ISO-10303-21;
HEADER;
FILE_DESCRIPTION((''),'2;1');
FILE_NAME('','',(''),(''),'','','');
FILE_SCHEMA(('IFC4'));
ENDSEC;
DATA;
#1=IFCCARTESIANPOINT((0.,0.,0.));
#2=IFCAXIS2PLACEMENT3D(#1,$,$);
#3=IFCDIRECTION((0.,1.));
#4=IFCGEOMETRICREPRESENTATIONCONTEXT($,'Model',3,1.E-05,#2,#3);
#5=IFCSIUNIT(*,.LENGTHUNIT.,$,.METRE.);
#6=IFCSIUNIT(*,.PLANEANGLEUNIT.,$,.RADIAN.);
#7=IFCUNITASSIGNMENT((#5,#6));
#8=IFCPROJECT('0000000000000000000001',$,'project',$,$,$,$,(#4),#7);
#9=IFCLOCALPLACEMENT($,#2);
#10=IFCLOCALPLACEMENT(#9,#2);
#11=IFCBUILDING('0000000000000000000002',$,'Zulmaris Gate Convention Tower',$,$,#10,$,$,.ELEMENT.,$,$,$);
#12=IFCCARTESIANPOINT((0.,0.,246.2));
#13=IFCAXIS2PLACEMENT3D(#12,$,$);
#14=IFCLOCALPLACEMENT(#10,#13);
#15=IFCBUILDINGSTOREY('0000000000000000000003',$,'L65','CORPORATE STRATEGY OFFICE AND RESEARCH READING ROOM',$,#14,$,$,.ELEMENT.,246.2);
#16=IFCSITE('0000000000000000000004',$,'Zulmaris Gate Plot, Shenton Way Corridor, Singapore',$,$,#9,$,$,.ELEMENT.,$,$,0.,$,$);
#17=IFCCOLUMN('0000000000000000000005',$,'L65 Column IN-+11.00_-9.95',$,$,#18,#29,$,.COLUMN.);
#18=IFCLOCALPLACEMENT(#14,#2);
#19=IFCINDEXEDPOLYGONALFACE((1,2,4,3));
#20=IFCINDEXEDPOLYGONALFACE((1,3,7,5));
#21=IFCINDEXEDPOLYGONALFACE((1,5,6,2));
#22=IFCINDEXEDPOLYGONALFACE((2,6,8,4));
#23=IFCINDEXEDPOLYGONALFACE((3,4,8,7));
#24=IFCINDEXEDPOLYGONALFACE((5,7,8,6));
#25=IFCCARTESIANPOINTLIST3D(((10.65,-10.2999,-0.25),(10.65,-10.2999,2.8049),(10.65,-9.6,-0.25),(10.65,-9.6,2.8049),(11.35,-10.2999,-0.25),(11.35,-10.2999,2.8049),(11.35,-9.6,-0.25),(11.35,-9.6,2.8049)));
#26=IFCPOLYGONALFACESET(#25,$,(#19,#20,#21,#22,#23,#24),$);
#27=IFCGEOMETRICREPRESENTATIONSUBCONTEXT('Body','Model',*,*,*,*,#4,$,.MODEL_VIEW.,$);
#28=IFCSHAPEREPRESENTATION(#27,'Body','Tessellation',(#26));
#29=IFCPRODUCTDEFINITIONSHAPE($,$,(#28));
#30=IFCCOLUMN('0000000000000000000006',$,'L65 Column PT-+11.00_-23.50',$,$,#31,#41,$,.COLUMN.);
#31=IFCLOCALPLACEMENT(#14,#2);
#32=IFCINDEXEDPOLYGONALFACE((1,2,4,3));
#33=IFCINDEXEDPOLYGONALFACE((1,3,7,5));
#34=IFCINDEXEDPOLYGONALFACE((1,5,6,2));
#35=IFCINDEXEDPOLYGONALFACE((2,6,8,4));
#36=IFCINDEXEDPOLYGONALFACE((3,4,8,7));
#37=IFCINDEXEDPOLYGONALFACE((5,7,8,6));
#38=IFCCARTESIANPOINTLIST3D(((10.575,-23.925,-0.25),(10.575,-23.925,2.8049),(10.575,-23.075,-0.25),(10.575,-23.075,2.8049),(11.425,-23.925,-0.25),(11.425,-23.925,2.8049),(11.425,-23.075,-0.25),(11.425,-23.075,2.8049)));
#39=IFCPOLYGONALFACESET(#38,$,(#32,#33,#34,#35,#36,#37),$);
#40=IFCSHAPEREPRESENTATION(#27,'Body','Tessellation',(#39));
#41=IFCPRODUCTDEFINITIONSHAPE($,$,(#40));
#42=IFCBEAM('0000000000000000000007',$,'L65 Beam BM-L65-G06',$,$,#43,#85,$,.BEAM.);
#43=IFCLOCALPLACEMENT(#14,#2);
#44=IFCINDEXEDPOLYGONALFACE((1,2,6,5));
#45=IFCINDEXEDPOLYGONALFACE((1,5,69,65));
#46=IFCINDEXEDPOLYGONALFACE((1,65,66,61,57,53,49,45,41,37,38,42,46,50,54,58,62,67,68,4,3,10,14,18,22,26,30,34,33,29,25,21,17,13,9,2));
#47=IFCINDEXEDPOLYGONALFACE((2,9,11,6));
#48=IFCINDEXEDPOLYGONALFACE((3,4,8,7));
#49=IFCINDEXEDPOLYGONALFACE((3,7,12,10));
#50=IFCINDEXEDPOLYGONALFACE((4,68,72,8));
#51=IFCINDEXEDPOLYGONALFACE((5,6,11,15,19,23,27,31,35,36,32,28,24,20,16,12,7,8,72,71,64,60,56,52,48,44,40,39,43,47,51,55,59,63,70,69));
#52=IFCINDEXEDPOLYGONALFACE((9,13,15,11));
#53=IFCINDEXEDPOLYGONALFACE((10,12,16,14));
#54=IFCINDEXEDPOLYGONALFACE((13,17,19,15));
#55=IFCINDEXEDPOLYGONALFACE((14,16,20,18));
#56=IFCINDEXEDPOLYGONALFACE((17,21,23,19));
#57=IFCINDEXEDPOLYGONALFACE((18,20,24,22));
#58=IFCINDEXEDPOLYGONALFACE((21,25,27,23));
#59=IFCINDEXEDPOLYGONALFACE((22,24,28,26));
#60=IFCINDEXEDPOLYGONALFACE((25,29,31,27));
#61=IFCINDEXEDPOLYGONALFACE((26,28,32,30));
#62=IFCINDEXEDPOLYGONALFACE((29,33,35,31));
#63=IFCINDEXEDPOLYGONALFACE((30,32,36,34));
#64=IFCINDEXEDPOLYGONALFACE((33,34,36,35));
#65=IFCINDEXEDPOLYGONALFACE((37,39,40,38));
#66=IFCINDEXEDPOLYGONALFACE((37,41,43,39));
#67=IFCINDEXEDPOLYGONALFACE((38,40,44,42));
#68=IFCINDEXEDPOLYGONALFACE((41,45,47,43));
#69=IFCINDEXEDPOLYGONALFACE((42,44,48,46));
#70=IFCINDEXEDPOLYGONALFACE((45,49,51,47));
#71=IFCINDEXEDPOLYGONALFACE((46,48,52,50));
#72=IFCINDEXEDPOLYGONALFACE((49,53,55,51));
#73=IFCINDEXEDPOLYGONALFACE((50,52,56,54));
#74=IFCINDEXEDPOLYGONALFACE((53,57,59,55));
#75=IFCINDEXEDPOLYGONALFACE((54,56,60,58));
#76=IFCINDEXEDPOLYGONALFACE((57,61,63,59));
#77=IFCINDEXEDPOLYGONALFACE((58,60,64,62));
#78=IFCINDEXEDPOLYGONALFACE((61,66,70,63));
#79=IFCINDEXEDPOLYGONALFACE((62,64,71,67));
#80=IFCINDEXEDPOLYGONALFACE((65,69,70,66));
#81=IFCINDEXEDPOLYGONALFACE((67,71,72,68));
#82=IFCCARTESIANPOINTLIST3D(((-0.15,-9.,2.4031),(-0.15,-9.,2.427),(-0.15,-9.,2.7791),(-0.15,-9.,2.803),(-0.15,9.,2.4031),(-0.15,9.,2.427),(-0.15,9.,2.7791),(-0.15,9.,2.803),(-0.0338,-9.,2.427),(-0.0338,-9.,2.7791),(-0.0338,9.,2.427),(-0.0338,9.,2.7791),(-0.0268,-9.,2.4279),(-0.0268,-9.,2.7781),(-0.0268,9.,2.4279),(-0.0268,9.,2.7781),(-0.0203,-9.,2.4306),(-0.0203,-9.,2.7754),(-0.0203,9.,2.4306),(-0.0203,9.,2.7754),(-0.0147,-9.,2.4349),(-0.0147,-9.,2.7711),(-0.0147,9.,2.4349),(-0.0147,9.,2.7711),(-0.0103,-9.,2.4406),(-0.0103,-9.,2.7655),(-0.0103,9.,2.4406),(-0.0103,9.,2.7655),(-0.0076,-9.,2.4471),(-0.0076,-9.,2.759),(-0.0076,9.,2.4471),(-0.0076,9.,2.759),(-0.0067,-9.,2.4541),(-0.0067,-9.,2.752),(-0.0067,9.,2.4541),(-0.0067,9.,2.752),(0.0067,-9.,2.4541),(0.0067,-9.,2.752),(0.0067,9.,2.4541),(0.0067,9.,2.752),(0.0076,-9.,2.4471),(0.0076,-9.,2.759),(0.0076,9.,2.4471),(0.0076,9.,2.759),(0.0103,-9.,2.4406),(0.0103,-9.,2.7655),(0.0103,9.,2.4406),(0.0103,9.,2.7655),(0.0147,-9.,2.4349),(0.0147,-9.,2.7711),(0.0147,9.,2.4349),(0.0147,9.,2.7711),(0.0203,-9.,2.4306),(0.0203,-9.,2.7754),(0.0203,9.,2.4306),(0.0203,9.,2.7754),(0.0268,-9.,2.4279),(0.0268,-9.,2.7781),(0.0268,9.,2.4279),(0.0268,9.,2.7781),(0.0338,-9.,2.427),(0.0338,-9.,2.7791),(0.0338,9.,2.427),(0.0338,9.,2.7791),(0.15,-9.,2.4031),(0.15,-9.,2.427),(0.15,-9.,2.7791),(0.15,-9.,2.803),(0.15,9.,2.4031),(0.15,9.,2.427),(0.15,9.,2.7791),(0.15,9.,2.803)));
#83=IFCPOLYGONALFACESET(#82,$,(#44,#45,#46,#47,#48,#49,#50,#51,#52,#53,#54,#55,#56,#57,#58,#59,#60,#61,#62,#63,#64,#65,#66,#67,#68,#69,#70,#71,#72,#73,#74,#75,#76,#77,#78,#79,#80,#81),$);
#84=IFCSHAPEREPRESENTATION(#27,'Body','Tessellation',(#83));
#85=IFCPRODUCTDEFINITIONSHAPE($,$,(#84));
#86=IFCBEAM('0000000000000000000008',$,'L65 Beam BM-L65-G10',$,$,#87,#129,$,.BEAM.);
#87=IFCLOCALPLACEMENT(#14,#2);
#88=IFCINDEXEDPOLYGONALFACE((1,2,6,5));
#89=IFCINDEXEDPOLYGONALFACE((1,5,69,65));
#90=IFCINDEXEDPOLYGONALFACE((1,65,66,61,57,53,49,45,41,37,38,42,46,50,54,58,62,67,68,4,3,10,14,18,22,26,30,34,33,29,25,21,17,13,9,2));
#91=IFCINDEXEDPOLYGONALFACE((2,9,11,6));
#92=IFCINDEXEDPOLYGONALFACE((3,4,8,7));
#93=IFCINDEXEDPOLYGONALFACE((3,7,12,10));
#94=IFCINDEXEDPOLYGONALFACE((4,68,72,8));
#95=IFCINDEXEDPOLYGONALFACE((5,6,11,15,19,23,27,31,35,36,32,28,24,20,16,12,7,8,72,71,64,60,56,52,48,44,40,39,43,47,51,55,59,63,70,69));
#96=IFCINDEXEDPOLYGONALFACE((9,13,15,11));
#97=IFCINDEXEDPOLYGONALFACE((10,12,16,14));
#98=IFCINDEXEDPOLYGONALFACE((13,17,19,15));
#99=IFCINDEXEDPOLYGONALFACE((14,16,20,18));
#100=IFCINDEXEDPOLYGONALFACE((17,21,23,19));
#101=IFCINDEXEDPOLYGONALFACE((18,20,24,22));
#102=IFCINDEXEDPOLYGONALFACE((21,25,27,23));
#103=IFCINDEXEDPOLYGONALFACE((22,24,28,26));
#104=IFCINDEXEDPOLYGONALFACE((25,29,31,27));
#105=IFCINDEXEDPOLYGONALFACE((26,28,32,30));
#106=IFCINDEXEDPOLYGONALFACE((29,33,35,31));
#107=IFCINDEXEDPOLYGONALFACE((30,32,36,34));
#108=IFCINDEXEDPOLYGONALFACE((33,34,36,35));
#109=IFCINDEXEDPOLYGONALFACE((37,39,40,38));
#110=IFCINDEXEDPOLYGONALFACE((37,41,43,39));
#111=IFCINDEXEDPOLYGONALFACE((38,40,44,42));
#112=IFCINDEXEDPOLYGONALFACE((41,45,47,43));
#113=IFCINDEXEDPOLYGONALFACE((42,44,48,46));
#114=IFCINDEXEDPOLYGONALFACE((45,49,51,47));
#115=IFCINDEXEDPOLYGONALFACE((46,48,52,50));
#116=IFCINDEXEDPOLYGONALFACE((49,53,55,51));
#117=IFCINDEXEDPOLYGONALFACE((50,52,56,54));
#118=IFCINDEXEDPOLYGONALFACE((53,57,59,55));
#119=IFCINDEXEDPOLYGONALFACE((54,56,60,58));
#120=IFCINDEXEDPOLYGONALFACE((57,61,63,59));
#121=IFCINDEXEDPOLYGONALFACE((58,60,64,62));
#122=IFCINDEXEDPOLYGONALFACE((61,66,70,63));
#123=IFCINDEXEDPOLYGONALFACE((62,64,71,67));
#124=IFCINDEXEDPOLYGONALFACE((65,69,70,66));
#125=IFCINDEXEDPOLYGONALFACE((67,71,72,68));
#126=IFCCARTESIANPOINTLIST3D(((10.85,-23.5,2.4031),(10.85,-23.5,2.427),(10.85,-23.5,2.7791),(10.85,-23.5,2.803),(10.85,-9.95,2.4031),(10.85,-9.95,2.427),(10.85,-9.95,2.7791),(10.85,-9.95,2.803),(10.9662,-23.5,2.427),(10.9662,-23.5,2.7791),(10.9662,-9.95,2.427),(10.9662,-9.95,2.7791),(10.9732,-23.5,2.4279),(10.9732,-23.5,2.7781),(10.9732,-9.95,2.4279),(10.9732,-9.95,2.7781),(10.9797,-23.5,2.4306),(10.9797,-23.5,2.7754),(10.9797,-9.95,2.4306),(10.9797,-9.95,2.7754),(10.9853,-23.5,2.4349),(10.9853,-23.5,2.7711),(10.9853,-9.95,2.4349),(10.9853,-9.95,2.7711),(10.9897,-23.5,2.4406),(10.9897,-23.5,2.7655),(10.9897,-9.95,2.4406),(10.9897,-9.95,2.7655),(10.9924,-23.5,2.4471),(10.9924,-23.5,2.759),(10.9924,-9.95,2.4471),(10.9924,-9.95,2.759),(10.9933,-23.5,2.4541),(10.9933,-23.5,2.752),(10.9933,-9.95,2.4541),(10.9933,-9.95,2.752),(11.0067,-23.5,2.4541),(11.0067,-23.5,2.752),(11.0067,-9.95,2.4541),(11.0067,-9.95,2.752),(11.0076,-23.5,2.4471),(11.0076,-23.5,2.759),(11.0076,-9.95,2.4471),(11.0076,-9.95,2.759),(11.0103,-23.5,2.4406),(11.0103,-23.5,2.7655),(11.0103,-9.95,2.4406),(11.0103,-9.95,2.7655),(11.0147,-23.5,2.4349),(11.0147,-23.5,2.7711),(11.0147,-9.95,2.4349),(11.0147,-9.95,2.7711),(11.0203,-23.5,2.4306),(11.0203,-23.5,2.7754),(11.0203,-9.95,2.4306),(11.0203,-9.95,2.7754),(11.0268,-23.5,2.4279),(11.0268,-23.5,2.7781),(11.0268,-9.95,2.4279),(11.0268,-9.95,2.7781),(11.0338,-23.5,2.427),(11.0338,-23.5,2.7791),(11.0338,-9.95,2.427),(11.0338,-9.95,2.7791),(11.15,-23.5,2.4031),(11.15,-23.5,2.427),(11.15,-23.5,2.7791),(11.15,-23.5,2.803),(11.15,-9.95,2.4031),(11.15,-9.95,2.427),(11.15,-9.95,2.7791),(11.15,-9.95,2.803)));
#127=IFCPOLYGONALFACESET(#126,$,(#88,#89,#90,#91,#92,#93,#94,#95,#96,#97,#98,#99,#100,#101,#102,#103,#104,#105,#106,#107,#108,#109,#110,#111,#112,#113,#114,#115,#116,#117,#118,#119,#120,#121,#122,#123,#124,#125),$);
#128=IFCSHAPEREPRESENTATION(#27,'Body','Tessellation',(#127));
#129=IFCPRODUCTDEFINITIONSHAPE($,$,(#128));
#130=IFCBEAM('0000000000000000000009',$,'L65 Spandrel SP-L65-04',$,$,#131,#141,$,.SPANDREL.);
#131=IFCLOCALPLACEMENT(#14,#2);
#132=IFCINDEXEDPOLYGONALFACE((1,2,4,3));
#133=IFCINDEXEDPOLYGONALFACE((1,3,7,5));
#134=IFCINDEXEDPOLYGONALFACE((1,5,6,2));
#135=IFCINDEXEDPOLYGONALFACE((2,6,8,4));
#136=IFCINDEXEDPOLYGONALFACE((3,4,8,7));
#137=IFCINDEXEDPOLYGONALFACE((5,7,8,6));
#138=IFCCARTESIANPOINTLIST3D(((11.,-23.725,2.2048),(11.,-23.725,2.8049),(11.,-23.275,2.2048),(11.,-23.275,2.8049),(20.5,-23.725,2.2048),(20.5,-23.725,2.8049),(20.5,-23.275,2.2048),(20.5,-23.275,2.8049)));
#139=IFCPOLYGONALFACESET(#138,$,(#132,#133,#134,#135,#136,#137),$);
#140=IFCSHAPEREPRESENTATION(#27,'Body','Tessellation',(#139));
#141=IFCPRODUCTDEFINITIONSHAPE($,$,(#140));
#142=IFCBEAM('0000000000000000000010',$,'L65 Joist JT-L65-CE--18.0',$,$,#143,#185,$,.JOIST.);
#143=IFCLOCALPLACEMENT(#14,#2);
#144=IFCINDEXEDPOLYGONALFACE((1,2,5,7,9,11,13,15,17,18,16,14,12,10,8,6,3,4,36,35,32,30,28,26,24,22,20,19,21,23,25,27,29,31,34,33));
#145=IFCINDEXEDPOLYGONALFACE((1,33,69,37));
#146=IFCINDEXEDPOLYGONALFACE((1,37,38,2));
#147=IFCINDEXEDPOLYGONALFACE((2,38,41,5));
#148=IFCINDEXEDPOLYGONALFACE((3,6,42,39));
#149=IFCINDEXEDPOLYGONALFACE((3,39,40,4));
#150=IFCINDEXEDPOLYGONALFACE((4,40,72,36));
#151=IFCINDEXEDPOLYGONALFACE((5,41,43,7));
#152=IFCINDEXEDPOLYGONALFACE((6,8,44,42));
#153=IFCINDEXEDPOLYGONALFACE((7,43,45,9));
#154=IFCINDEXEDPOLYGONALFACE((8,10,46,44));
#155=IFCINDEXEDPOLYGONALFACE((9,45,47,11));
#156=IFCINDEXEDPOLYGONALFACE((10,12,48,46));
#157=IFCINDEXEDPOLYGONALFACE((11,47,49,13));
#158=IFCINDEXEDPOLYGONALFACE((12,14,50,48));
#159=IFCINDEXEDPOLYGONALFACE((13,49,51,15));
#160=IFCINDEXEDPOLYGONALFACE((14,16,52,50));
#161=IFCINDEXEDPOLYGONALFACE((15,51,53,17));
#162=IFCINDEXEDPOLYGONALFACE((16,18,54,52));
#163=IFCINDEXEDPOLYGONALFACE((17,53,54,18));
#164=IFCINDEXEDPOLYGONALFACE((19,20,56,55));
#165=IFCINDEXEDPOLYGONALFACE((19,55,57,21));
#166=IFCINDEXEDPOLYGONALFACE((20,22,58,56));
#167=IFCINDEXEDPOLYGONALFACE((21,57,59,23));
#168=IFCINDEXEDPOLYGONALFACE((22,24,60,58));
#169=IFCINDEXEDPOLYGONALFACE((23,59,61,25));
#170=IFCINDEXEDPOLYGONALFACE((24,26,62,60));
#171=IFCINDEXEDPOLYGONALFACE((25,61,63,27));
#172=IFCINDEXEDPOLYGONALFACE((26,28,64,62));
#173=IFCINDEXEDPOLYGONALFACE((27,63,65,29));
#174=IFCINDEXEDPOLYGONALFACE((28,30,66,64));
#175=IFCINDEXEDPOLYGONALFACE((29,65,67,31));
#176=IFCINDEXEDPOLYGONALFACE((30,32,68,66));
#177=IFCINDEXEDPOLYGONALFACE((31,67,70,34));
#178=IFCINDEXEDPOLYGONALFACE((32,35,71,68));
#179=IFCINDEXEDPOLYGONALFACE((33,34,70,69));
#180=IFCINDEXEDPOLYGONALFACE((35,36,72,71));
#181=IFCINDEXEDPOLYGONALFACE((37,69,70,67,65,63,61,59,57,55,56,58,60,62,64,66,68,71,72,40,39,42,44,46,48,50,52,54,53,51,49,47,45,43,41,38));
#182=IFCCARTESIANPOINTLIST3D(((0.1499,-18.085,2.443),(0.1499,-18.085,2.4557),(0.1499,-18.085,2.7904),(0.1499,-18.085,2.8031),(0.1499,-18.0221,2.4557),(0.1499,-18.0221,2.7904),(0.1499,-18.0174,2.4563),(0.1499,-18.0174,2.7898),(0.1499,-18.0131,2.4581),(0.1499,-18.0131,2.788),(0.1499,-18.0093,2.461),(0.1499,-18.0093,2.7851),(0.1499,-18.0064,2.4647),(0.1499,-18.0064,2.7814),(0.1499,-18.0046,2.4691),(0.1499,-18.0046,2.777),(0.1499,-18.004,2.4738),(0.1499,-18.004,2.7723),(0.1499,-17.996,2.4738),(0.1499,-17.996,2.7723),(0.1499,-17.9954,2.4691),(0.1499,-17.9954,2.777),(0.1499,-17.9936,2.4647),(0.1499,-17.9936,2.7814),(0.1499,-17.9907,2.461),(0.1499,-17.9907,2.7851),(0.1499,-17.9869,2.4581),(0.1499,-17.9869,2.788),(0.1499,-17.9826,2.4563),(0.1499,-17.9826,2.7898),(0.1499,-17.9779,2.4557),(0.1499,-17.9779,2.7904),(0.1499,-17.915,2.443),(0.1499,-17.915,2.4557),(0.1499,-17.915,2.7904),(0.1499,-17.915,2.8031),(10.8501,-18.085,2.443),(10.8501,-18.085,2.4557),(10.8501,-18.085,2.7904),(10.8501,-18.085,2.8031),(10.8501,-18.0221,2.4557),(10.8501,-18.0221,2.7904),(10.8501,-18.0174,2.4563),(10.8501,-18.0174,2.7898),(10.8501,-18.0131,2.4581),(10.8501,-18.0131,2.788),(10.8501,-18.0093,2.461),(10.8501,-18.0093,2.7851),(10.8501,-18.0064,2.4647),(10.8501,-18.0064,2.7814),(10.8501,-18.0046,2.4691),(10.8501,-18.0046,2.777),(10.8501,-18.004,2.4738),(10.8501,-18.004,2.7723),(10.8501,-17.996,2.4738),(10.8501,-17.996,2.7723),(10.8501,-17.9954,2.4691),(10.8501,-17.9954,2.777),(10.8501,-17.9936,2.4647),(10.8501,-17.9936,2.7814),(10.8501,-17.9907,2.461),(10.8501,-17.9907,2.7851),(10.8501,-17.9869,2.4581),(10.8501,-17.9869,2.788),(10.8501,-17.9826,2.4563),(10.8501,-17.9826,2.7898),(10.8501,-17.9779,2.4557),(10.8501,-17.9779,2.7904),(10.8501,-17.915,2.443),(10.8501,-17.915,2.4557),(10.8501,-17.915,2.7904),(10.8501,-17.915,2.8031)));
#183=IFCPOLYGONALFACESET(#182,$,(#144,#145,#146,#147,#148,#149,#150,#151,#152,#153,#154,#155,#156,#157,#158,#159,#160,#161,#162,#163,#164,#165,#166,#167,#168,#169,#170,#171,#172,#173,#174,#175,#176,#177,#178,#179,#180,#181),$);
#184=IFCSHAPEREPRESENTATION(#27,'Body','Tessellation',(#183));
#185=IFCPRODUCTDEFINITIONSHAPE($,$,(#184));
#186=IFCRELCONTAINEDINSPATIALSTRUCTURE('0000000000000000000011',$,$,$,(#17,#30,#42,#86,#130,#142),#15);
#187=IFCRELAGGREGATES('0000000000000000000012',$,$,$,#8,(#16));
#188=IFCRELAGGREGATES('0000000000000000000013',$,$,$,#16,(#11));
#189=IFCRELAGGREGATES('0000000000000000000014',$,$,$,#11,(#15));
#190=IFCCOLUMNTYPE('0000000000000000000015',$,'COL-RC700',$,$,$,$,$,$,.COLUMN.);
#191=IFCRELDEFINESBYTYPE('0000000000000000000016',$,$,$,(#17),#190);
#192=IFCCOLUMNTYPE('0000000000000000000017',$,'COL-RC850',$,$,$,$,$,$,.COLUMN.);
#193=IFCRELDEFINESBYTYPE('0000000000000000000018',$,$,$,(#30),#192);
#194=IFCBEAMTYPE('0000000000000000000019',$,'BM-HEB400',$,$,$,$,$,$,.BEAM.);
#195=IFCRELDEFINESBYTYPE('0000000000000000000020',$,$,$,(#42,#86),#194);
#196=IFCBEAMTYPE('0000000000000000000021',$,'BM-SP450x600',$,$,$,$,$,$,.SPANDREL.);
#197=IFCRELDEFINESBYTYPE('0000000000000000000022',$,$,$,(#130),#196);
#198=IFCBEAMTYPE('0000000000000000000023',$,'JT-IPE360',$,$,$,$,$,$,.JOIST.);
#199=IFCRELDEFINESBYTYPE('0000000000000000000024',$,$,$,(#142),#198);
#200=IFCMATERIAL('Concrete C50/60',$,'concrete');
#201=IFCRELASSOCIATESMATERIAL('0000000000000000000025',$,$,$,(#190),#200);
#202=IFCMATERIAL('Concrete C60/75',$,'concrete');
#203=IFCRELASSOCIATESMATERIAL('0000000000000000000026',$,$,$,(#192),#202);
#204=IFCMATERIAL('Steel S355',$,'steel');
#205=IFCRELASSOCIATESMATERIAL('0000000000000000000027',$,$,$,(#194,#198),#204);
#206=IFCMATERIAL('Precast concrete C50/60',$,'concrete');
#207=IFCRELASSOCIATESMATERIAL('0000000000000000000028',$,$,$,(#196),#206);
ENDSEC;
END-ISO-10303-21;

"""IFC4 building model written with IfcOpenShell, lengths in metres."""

from ifc_helpers import new_model, si_unit, direction, frame, origin, origin_2d, place, context, subcontext, project, spatial, rectangle, i_section, extrude, material, material_profile, profile_set, type_object, element, save


model = new_model("IFC4")

# Units and contexts
model_context = context("Model", 3, precision=1e-05, world=origin(), true_north=direction((0.0, 1.0)))
body_context = subcontext(model_context, "Body", "Model", "MODEL_VIEW")
ifc_project = project(units=[si_unit("LENGTHUNIT", "METRE"), si_unit("PLANEANGLEUNIT", "RADIAN")], contexts=[model_context])

# Site, building, storey
site_placement = place(None, origin())
site = spatial("IfcSite", under=ifc_project, at=site_placement, Name="Zulmaris Gate Plot, Shenton Way Corridor, Singapore", CompositionType="ELEMENT", RefElevation=0.0)
building_placement = place(site_placement, origin())
building = spatial("IfcBuilding", under=site, at=building_placement, Name="Zulmaris Gate Convention Tower", CompositionType="ELEMENT")
storey_placement = place(building_placement, frame((0.0, 0.0, 246.2)))
storey = spatial("IfcBuildingStorey", under=building, at=storey_placement, Name="L65", Description="CORPORATE STRATEGY OFFICE AND RESEARCH READING ROOM", CompositionType="ELEMENT", Elevation=246.2)

# Columns
ifc_material_1 = material(Name="Concrete C50/60", Category="concrete")
ifc_material_profile_1 = material_profile(ifc_material_1, rectangle(XDim=0.7, YDim=0.7, at=origin_2d()), Name="RC COL 700x700")
ifc_profile_set_1 = profile_set([ifc_material_profile_1], Name="Concrete C50/60")
column_type_1 = type_object("IfcColumnType", Name="COL-RC700", PredefinedType="COLUMN", material=ifc_profile_set_1)
column_1_placement = place(storey_placement, frame((11.0, -9.95, -0.25), z_axis=(0.0, 0.0, 1.0), x_axis=(1.0, 0.0, 0.0)))
element("IfcColumn", 1, at=column_1_placement, inside=storey, type_object=column_type_1, Name="L65 Column IN-+11.00_-9.95", PredefinedType="COLUMN", context=body_context, shape_type="SweptSolid", body=[
    extrude(rectangle(XDim=0.7, YDim=0.7, at=origin_2d()), origin(), (0.0, 0.0, 1.0), 3.0549),
])
ifc_material_2 = material(Name="Concrete C60/75", Category="concrete")
ifc_material_profile_2 = material_profile(ifc_material_2, rectangle(XDim=0.8501, YDim=0.8501, at=origin_2d()), Name="RC COL 850x850")
ifc_profile_set_2 = profile_set([ifc_material_profile_2], Name="Concrete C60/75")
column_type_2 = type_object("IfcColumnType", Name="COL-RC850", PredefinedType="COLUMN", material=ifc_profile_set_2)
column_2_placement = place(storey_placement, frame((11.0, -23.5, -0.25), z_axis=(0.0, 0.0, 1.0), x_axis=(1.0, 0.0, 0.0)))
element("IfcColumn", 2, at=column_2_placement, inside=storey, type_object=column_type_2, Name="L65 Column PT-+11.00_-23.50", PredefinedType="COLUMN", context=body_context, shape_type="SweptSolid", body=[
    extrude(rectangle(XDim=0.8501, YDim=0.8501, at=origin_2d()), origin(), (0.0, 0.0, 1.0), 3.0549),
])

# Beams
ifc_material_3 = material(Name="Steel S355", Category="steel")
ifc_material_profile_3 = material_profile(ifc_material_3, i_section(OverallWidth=0.3, OverallDepth=0.3999, WebThickness=0.0134, FlangeThickness=0.0239, FilletRadius=0.0271, at=origin_2d()), Name="HEB 400")
ifc_profile_set_3 = profile_set([ifc_material_profile_3], Name="Steel S355")
beam_type_1 = type_object("IfcBeamType", Name="BM-HEB400", PredefinedType="BEAM", material=ifc_profile_set_3)
beam_1_placement = place(storey_placement, frame((0.0, -9.0, 2.603), z_axis=(0.0, 1.0, 0.0), x_axis=(-1.0, 0.0, 0.0)))
element("IfcBeam", 3, at=beam_1_placement, inside=storey, type_object=beam_type_1, Name="L65 Beam BM-L65-G06", PredefinedType="BEAM", context=body_context, shape_type="SweptSolid", body=[
    extrude(i_section(OverallWidth=0.3, OverallDepth=0.3999, WebThickness=0.0134, FlangeThickness=0.0239, FilletRadius=0.0271, at=origin_2d()), origin(), (0.0, 0.0, 1.0), 18.0),
])
beam_2_placement = place(storey_placement, frame((11.0, -23.5, 2.603), z_axis=(0.0, 1.0, 0.0), x_axis=(-1.0, 0.0, 0.0)))
element("IfcBeam", 4, at=beam_2_placement, inside=storey, type_object=beam_type_1, Name="L65 Beam BM-L65-G10", PredefinedType="BEAM", context=body_context, shape_type="SweptSolid", body=[
    extrude(i_section(OverallWidth=0.3, OverallDepth=0.3999, WebThickness=0.0134, FlangeThickness=0.0239, FilletRadius=0.0271, at=origin_2d()), origin(), (0.0, 0.0, 1.0), 13.55),
])
ifc_material_4 = material(Name="Precast concrete C50/60", Category="concrete")
ifc_material_profile_4 = material_profile(ifc_material_4, rectangle(XDim=0.45, YDim=0.6001, at=origin_2d()), Name="RC SPANDREL 450x600")
ifc_profile_set_4 = profile_set([ifc_material_profile_4], Name="Precast concrete C50/60")
beam_type_2 = type_object("IfcBeamType", Name="BM-SP450x600", PredefinedType="SPANDREL", material=ifc_profile_set_4)
beam_3_placement = place(storey_placement, frame((11.0, -23.5, 2.5049), z_axis=(1.0, 0.0, 0.0), x_axis=(0.0, 1.0, 0.0)))
element("IfcBeam", 5, at=beam_3_placement, inside=storey, type_object=beam_type_2, Name="L65 Spandrel SP-L65-04", PredefinedType="SPANDREL", context=body_context, shape_type="SweptSolid", body=[
    extrude(rectangle(XDim=0.45, YDim=0.6001, at=origin_2d()), origin(), (0.0, 0.0, 1.0), 9.5),
])
ifc_material_profile_5 = material_profile(ifc_material_3, i_section(OverallWidth=0.1699, OverallDepth=0.3601, WebThickness=0.0081, FlangeThickness=0.0127, FilletRadius=0.0181, at=origin_2d()), Name="IPE 360")
ifc_profile_set_5 = profile_set([ifc_material_profile_5], Name="Steel S355")
beam_type_3 = type_object("IfcBeamType", Name="JT-IPE360", PredefinedType="JOIST", material=ifc_profile_set_5)
for number, where, z_axis, x_axis, name in (
    (6, (0.1499, -18.0, 2.623), (1.0, 0.0, 0.0), (0.0, 1.0, 0.0), "L65 Joist JT-L65-CE--18.0"),
):
    element("IfcBeam", number, at=place(storey_placement, frame(where, z_axis=z_axis, x_axis=x_axis)), inside=storey, type_object=beam_type_3, Name=name, PredefinedType="JOIST", context=body_context, shape_type="SweptSolid", body=[
        extrude(i_section(OverallWidth=0.1699, OverallDepth=0.3601, WebThickness=0.0081, FlangeThickness=0.0127, FilletRadius=0.0181, at=origin_2d()), origin(), (0.0, 0.0, 1.0), 10.7002),
    ])

save(model, "model.ifc")
